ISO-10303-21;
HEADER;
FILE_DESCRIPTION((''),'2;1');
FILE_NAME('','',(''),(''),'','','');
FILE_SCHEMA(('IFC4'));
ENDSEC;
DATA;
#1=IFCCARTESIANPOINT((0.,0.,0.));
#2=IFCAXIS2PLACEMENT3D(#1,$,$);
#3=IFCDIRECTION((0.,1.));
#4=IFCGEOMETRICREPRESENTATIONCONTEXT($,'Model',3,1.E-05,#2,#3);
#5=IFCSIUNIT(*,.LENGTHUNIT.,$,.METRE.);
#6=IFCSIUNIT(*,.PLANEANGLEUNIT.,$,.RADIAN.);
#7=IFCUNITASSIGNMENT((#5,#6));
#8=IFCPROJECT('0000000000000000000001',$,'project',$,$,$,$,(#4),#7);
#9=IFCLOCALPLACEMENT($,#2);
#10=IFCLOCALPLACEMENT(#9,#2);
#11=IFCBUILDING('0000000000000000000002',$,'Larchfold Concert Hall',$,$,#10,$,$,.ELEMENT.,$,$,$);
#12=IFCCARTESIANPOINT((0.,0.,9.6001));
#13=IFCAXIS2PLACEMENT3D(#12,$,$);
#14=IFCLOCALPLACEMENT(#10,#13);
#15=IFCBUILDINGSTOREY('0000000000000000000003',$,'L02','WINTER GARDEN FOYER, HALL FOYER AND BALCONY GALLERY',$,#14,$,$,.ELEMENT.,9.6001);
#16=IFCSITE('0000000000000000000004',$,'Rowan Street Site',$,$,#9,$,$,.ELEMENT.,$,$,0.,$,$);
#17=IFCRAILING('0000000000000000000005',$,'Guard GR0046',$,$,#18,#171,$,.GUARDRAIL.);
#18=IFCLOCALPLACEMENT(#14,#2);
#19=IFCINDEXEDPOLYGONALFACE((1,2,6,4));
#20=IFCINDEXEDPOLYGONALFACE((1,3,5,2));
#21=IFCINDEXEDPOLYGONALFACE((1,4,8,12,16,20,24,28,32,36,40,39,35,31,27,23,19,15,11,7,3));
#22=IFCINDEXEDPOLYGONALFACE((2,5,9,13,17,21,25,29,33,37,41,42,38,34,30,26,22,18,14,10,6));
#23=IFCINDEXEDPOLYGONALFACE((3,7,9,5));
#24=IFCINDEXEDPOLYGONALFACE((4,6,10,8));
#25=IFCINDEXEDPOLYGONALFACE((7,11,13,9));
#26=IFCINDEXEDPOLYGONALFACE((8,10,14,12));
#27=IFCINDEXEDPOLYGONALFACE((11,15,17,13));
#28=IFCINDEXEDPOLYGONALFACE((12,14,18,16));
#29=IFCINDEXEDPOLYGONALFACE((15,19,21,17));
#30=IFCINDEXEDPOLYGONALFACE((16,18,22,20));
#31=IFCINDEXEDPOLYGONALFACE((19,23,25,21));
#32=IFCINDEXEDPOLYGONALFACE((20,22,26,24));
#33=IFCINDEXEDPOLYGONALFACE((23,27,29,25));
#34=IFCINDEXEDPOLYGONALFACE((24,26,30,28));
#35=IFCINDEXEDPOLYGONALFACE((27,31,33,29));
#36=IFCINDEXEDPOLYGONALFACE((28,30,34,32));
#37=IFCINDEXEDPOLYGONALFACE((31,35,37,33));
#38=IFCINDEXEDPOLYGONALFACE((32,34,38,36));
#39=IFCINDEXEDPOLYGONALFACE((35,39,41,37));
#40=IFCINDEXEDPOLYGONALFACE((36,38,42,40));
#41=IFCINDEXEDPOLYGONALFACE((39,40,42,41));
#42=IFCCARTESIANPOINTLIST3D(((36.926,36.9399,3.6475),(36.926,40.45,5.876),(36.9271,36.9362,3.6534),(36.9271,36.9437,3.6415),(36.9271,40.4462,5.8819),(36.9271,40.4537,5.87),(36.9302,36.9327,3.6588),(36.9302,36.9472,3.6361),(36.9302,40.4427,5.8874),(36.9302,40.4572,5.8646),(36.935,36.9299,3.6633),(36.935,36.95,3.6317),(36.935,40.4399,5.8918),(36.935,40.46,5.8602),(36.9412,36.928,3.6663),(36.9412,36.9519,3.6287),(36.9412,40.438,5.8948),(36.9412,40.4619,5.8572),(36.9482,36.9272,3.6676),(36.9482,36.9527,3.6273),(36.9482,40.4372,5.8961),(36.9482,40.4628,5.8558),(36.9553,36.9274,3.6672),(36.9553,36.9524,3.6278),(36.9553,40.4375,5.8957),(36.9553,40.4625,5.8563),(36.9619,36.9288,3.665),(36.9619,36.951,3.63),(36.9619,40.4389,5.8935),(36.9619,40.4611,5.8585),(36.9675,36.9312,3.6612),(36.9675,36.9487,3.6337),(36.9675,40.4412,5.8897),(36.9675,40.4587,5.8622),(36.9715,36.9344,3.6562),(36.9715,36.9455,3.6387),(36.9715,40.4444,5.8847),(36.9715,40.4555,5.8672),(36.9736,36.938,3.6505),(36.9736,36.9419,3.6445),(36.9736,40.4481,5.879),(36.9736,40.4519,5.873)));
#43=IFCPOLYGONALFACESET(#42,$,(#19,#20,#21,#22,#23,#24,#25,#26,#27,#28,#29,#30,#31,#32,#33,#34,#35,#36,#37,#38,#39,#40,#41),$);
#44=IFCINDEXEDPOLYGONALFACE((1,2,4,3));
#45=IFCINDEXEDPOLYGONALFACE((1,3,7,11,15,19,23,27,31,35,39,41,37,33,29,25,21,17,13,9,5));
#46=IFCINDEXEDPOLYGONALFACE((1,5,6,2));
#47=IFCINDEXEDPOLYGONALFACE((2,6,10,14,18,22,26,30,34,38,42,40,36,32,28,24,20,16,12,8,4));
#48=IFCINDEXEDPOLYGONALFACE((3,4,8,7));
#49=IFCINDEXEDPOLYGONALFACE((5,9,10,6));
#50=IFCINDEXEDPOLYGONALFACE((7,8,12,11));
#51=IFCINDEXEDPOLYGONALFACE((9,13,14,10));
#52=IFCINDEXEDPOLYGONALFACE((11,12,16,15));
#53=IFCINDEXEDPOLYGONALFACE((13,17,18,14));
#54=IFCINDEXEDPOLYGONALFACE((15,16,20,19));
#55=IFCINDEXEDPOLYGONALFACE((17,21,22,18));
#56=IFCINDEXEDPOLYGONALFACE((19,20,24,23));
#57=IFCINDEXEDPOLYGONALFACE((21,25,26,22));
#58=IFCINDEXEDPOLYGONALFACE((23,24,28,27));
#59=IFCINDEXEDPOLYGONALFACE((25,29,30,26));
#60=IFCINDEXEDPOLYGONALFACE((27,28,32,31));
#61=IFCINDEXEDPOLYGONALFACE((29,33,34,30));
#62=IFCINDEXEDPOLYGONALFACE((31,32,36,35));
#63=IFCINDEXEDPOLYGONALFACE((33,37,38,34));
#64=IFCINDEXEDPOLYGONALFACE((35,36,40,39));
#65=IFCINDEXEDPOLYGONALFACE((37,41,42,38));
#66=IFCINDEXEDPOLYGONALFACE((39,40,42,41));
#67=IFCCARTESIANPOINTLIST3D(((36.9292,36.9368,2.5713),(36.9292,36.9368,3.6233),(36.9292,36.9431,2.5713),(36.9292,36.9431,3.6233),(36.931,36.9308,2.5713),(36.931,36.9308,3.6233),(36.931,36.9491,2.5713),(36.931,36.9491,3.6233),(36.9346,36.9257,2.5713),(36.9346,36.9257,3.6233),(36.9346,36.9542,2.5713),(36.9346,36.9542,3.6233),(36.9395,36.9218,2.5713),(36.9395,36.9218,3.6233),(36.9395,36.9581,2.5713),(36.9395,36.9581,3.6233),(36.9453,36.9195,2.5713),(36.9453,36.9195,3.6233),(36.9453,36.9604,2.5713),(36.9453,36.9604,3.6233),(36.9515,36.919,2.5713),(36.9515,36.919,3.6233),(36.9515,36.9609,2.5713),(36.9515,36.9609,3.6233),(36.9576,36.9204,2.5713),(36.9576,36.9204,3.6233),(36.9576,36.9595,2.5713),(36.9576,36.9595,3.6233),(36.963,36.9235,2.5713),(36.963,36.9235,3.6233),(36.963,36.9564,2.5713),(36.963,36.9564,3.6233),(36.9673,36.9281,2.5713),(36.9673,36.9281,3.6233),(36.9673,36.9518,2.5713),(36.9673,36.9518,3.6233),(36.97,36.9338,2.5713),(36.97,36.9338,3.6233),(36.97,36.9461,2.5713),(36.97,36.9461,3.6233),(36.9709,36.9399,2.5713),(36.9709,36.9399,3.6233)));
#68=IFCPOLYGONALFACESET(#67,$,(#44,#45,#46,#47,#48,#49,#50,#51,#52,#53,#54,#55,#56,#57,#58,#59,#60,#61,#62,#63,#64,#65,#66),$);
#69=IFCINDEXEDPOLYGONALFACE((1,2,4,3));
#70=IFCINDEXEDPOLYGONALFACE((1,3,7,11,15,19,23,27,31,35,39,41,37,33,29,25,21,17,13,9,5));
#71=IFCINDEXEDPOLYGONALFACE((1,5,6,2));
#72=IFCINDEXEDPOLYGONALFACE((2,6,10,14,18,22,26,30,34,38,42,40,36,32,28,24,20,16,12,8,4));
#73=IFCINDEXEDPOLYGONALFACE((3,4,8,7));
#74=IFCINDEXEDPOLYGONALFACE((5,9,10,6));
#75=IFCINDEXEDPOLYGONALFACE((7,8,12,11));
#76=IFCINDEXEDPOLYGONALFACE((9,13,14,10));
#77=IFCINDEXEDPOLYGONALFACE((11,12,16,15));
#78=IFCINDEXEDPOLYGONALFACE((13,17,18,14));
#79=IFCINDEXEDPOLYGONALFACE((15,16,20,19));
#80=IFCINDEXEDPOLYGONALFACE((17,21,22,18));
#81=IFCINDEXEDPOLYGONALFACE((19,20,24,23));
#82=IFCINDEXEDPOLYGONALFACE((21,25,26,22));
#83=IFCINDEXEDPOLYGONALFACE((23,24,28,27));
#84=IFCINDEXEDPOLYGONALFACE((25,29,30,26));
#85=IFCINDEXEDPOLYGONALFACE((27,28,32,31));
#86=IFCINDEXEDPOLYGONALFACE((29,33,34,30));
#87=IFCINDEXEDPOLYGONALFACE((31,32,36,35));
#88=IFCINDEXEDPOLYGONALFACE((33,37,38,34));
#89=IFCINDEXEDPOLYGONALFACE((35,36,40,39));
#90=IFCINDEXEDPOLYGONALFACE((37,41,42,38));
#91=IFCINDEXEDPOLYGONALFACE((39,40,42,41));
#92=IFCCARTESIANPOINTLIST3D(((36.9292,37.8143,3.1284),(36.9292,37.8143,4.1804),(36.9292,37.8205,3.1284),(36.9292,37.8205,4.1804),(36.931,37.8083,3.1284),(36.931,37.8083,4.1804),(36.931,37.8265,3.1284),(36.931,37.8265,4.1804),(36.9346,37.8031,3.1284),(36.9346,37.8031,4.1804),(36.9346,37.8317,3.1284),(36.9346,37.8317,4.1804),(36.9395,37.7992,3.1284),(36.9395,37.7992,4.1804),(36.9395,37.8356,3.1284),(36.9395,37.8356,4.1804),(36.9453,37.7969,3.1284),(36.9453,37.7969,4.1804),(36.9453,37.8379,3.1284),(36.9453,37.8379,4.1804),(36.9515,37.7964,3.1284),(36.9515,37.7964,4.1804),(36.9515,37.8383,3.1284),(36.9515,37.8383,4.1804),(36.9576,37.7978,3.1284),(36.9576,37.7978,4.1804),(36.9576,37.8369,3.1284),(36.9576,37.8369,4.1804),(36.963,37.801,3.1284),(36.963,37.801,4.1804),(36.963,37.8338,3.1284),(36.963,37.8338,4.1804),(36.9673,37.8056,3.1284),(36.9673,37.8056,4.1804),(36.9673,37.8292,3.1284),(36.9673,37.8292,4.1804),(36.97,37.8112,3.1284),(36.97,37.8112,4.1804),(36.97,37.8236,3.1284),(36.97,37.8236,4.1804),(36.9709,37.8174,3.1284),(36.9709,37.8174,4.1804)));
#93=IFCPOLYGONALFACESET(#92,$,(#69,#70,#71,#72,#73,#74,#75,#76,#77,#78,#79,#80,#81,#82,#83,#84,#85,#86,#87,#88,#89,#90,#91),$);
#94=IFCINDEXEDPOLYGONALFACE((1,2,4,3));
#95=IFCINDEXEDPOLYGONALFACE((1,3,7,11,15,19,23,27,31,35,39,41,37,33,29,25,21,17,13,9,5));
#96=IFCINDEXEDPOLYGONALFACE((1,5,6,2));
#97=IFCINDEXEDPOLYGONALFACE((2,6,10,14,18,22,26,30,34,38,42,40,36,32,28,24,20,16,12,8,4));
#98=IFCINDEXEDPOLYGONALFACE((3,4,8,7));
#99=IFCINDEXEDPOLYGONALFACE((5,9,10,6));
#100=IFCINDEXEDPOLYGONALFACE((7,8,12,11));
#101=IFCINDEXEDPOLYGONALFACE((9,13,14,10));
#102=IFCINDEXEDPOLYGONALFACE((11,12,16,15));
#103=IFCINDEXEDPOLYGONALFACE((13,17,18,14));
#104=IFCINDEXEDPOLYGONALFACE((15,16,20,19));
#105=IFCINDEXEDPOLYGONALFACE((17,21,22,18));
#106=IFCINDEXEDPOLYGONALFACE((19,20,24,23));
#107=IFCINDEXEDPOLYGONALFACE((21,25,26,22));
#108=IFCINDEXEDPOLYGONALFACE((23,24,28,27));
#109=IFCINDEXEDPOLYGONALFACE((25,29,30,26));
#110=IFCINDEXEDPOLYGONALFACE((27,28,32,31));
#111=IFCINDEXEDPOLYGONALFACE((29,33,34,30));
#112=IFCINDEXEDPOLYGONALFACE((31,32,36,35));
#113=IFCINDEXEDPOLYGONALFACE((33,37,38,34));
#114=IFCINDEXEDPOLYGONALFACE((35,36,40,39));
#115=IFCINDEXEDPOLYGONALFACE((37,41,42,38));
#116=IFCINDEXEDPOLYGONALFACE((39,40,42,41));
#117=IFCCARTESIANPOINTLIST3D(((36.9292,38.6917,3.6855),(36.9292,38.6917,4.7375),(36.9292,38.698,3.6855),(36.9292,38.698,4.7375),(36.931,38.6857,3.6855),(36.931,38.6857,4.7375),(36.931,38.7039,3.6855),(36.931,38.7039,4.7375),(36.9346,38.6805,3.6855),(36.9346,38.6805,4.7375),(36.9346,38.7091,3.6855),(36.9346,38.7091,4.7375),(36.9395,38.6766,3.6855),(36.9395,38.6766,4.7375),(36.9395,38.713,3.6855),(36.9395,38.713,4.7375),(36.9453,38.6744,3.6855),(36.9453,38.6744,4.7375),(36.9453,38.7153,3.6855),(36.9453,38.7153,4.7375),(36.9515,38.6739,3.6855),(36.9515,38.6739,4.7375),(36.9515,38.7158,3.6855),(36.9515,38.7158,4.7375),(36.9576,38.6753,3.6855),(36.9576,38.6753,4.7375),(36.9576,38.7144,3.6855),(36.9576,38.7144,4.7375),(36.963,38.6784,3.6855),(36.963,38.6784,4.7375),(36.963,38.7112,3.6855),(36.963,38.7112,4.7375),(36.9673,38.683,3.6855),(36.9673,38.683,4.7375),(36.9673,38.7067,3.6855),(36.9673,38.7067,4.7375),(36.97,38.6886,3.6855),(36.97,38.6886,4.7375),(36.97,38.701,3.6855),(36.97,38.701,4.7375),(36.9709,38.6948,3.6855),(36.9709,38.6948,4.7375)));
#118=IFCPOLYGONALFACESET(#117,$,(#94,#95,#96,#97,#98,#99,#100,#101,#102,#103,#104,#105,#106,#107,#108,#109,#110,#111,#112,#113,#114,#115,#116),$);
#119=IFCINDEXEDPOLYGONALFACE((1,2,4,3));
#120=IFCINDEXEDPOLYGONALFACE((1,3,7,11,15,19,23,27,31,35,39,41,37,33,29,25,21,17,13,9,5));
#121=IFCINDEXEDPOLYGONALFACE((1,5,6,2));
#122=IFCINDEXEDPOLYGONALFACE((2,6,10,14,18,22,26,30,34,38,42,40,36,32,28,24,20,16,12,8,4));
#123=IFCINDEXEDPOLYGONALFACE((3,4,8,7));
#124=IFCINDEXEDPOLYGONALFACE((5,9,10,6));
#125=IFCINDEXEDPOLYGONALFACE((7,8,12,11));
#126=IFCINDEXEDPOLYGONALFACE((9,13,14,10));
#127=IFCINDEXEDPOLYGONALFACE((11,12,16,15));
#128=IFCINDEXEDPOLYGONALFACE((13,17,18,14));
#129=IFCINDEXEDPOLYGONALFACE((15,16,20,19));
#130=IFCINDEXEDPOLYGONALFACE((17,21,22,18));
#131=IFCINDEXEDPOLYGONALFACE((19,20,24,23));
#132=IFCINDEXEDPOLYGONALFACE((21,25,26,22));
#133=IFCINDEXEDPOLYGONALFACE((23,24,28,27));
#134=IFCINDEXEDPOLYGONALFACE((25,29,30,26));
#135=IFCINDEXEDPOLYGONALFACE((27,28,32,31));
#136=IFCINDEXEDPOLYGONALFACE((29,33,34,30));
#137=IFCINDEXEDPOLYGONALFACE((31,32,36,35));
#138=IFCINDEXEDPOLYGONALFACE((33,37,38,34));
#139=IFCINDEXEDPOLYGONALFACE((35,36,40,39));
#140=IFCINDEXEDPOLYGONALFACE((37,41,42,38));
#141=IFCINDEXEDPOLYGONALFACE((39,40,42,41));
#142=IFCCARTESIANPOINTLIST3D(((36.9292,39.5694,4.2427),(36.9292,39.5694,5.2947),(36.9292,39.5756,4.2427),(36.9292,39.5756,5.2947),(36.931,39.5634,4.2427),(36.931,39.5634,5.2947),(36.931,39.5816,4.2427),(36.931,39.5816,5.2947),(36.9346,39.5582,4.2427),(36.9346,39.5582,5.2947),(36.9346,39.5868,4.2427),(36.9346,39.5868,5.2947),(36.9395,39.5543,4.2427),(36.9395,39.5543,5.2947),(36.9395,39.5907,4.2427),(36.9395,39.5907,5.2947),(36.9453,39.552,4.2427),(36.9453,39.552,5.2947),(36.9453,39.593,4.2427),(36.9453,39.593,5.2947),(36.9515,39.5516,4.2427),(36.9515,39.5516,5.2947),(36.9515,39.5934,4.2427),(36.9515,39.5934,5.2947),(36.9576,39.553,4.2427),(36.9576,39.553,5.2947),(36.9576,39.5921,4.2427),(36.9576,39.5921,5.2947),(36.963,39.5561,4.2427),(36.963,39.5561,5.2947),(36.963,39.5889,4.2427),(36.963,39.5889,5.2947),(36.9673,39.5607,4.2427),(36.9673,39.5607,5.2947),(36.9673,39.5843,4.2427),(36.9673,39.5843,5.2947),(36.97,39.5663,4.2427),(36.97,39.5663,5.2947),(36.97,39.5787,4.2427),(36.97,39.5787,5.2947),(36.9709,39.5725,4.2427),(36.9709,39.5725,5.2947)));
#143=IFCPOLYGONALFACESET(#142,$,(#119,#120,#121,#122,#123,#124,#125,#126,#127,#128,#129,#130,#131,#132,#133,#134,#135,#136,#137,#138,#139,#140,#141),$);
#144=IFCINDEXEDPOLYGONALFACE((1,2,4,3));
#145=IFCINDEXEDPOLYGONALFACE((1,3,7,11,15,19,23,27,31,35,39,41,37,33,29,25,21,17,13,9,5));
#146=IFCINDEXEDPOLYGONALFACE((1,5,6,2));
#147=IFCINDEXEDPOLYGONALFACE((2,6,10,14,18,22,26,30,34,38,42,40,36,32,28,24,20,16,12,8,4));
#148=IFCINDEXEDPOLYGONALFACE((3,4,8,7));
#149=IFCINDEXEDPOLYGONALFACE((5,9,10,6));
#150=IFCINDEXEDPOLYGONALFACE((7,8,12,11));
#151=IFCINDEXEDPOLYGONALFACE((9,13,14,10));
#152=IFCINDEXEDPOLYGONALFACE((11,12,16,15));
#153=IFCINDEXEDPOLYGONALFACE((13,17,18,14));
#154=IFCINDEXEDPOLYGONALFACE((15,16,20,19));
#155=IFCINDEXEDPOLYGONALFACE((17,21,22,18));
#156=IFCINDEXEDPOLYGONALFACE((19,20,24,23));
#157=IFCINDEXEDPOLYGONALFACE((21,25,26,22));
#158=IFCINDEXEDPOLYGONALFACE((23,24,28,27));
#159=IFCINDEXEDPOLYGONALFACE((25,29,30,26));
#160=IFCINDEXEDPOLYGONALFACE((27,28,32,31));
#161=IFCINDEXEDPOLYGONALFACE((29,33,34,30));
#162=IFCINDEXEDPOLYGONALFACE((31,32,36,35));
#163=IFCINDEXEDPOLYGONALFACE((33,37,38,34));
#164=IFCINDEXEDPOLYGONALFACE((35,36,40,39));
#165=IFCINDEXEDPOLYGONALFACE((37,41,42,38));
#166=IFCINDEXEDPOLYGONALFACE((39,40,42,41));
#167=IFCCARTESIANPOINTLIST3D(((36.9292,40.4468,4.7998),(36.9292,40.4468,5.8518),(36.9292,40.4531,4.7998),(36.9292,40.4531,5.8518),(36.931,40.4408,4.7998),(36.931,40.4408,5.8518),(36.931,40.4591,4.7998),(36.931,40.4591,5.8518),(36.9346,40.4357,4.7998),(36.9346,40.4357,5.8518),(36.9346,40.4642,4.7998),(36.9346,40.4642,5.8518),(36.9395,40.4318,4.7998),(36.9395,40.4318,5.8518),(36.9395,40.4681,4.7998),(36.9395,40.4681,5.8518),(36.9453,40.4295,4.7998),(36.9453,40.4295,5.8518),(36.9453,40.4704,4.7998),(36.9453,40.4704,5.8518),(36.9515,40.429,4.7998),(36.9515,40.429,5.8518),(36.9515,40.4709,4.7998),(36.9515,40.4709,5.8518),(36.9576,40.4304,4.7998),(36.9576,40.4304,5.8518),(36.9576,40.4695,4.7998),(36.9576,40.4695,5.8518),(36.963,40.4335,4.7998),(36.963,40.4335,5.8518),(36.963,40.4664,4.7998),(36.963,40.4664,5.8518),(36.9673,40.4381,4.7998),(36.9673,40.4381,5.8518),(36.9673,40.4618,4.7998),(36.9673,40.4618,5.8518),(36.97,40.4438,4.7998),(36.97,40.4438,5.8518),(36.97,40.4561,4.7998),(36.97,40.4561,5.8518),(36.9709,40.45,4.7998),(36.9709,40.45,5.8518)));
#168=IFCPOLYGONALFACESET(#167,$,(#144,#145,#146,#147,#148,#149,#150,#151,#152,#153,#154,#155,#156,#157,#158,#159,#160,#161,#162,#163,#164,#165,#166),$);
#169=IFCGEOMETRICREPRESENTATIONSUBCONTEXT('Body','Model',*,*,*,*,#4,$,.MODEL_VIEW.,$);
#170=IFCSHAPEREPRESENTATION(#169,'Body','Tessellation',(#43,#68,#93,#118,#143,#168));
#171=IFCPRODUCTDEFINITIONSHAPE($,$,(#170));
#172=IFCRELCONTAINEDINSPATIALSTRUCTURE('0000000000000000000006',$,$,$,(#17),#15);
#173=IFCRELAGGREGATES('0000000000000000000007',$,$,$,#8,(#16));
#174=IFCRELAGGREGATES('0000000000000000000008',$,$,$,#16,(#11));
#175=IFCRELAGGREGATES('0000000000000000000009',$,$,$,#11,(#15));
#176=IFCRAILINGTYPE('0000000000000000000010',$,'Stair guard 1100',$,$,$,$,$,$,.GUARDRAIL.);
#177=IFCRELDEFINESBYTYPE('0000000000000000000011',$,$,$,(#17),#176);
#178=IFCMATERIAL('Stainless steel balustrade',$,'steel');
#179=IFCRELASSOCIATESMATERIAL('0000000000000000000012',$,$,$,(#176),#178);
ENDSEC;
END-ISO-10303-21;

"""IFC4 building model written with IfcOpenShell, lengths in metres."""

from ifc_helpers import new_model, si_unit, direction, frame, origin, origin_2d, place, context, subcontext, project, spatial, circle, extrude, material, type_object, element, save


model = new_model("IFC4")

# Units and contexts
model_context = context("Model", 3, precision=1e-05, world=origin(), true_north=direction((0.0, 1.0)))
body_context = subcontext(model_context, "Body", "Model", "MODEL_VIEW")
ifc_project = project(units=[si_unit("LENGTHUNIT", "METRE"), si_unit("PLANEANGLEUNIT", "RADIAN")], contexts=[model_context])

# Site, building, storey
site_placement = place(None, origin())
site = spatial("IfcSite", under=ifc_project, at=site_placement, Name="Rowan Street Site", CompositionType="ELEMENT", RefElevation=0.0)
building_placement = place(site_placement, origin())
building = spatial("IfcBuilding", under=site, at=building_placement, Name="Larchfold Concert Hall", CompositionType="ELEMENT")
storey_placement = place(building_placement, frame((0.0, 0.0, 9.6001)))
storey = spatial("IfcBuildingStorey", under=building, at=storey_placement, Name="L02", Description="WINTER GARDEN FOYER, HALL FOYER AND BALCONY GALLERY", CompositionType="ELEMENT", Elevation=9.6001)

# Railing
ifc_material_1 = material(Name="Stainless steel balustrade", Category="steel")
railing_type_1 = type_object("IfcRailingType", Name="Stair guard 1100", PredefinedType="GUARDRAIL", material=ifc_material_1)
railing_1_placement = place(storey_placement, frame((36.95, 36.9399, 2.5713)))
element("IfcRailing", 1, at=railing_1_placement, inside=storey, type_object=railing_type_1, Name="Guard GR0046", PredefinedType="GUARDRAIL", context=body_context, shape_type="SweptSolid", body=[
    extrude(circle(Radius=0.0239, at=origin_2d()), frame((0.0, 0.0, 1.0762), z_axis=(0.0, 0.84422, 0.535998), x_axis=(-1.0, 0.0, 0.0)), (0.0, 0.0, 1.0), 4.1577),
    extrude(circle(Radius=0.021, at=origin_2d()), origin(), (0.0, 0.0, 1.0), 1.052),
    extrude(circle(Radius=0.021, at=origin_2d()), frame((0.0, 0.8774, 0.5571)), (0.0, 0.0, 1.0), 1.052),
    extrude(circle(Radius=0.021, at=origin_2d()), frame((0.0, 1.7549, 1.1143)), (0.0, 0.0, 1.0), 1.052),
    extrude(circle(Radius=0.021, at=origin_2d()), frame((0.0, 2.6326, 1.6714)), (0.0, 0.0, 1.0), 1.052),
    extrude(circle(Radius=0.021, at=origin_2d()), frame((0.0, 3.51, 2.2285)), (0.0, 0.0, 1.0), 1.052),
])

save(model, "model.ifc")
